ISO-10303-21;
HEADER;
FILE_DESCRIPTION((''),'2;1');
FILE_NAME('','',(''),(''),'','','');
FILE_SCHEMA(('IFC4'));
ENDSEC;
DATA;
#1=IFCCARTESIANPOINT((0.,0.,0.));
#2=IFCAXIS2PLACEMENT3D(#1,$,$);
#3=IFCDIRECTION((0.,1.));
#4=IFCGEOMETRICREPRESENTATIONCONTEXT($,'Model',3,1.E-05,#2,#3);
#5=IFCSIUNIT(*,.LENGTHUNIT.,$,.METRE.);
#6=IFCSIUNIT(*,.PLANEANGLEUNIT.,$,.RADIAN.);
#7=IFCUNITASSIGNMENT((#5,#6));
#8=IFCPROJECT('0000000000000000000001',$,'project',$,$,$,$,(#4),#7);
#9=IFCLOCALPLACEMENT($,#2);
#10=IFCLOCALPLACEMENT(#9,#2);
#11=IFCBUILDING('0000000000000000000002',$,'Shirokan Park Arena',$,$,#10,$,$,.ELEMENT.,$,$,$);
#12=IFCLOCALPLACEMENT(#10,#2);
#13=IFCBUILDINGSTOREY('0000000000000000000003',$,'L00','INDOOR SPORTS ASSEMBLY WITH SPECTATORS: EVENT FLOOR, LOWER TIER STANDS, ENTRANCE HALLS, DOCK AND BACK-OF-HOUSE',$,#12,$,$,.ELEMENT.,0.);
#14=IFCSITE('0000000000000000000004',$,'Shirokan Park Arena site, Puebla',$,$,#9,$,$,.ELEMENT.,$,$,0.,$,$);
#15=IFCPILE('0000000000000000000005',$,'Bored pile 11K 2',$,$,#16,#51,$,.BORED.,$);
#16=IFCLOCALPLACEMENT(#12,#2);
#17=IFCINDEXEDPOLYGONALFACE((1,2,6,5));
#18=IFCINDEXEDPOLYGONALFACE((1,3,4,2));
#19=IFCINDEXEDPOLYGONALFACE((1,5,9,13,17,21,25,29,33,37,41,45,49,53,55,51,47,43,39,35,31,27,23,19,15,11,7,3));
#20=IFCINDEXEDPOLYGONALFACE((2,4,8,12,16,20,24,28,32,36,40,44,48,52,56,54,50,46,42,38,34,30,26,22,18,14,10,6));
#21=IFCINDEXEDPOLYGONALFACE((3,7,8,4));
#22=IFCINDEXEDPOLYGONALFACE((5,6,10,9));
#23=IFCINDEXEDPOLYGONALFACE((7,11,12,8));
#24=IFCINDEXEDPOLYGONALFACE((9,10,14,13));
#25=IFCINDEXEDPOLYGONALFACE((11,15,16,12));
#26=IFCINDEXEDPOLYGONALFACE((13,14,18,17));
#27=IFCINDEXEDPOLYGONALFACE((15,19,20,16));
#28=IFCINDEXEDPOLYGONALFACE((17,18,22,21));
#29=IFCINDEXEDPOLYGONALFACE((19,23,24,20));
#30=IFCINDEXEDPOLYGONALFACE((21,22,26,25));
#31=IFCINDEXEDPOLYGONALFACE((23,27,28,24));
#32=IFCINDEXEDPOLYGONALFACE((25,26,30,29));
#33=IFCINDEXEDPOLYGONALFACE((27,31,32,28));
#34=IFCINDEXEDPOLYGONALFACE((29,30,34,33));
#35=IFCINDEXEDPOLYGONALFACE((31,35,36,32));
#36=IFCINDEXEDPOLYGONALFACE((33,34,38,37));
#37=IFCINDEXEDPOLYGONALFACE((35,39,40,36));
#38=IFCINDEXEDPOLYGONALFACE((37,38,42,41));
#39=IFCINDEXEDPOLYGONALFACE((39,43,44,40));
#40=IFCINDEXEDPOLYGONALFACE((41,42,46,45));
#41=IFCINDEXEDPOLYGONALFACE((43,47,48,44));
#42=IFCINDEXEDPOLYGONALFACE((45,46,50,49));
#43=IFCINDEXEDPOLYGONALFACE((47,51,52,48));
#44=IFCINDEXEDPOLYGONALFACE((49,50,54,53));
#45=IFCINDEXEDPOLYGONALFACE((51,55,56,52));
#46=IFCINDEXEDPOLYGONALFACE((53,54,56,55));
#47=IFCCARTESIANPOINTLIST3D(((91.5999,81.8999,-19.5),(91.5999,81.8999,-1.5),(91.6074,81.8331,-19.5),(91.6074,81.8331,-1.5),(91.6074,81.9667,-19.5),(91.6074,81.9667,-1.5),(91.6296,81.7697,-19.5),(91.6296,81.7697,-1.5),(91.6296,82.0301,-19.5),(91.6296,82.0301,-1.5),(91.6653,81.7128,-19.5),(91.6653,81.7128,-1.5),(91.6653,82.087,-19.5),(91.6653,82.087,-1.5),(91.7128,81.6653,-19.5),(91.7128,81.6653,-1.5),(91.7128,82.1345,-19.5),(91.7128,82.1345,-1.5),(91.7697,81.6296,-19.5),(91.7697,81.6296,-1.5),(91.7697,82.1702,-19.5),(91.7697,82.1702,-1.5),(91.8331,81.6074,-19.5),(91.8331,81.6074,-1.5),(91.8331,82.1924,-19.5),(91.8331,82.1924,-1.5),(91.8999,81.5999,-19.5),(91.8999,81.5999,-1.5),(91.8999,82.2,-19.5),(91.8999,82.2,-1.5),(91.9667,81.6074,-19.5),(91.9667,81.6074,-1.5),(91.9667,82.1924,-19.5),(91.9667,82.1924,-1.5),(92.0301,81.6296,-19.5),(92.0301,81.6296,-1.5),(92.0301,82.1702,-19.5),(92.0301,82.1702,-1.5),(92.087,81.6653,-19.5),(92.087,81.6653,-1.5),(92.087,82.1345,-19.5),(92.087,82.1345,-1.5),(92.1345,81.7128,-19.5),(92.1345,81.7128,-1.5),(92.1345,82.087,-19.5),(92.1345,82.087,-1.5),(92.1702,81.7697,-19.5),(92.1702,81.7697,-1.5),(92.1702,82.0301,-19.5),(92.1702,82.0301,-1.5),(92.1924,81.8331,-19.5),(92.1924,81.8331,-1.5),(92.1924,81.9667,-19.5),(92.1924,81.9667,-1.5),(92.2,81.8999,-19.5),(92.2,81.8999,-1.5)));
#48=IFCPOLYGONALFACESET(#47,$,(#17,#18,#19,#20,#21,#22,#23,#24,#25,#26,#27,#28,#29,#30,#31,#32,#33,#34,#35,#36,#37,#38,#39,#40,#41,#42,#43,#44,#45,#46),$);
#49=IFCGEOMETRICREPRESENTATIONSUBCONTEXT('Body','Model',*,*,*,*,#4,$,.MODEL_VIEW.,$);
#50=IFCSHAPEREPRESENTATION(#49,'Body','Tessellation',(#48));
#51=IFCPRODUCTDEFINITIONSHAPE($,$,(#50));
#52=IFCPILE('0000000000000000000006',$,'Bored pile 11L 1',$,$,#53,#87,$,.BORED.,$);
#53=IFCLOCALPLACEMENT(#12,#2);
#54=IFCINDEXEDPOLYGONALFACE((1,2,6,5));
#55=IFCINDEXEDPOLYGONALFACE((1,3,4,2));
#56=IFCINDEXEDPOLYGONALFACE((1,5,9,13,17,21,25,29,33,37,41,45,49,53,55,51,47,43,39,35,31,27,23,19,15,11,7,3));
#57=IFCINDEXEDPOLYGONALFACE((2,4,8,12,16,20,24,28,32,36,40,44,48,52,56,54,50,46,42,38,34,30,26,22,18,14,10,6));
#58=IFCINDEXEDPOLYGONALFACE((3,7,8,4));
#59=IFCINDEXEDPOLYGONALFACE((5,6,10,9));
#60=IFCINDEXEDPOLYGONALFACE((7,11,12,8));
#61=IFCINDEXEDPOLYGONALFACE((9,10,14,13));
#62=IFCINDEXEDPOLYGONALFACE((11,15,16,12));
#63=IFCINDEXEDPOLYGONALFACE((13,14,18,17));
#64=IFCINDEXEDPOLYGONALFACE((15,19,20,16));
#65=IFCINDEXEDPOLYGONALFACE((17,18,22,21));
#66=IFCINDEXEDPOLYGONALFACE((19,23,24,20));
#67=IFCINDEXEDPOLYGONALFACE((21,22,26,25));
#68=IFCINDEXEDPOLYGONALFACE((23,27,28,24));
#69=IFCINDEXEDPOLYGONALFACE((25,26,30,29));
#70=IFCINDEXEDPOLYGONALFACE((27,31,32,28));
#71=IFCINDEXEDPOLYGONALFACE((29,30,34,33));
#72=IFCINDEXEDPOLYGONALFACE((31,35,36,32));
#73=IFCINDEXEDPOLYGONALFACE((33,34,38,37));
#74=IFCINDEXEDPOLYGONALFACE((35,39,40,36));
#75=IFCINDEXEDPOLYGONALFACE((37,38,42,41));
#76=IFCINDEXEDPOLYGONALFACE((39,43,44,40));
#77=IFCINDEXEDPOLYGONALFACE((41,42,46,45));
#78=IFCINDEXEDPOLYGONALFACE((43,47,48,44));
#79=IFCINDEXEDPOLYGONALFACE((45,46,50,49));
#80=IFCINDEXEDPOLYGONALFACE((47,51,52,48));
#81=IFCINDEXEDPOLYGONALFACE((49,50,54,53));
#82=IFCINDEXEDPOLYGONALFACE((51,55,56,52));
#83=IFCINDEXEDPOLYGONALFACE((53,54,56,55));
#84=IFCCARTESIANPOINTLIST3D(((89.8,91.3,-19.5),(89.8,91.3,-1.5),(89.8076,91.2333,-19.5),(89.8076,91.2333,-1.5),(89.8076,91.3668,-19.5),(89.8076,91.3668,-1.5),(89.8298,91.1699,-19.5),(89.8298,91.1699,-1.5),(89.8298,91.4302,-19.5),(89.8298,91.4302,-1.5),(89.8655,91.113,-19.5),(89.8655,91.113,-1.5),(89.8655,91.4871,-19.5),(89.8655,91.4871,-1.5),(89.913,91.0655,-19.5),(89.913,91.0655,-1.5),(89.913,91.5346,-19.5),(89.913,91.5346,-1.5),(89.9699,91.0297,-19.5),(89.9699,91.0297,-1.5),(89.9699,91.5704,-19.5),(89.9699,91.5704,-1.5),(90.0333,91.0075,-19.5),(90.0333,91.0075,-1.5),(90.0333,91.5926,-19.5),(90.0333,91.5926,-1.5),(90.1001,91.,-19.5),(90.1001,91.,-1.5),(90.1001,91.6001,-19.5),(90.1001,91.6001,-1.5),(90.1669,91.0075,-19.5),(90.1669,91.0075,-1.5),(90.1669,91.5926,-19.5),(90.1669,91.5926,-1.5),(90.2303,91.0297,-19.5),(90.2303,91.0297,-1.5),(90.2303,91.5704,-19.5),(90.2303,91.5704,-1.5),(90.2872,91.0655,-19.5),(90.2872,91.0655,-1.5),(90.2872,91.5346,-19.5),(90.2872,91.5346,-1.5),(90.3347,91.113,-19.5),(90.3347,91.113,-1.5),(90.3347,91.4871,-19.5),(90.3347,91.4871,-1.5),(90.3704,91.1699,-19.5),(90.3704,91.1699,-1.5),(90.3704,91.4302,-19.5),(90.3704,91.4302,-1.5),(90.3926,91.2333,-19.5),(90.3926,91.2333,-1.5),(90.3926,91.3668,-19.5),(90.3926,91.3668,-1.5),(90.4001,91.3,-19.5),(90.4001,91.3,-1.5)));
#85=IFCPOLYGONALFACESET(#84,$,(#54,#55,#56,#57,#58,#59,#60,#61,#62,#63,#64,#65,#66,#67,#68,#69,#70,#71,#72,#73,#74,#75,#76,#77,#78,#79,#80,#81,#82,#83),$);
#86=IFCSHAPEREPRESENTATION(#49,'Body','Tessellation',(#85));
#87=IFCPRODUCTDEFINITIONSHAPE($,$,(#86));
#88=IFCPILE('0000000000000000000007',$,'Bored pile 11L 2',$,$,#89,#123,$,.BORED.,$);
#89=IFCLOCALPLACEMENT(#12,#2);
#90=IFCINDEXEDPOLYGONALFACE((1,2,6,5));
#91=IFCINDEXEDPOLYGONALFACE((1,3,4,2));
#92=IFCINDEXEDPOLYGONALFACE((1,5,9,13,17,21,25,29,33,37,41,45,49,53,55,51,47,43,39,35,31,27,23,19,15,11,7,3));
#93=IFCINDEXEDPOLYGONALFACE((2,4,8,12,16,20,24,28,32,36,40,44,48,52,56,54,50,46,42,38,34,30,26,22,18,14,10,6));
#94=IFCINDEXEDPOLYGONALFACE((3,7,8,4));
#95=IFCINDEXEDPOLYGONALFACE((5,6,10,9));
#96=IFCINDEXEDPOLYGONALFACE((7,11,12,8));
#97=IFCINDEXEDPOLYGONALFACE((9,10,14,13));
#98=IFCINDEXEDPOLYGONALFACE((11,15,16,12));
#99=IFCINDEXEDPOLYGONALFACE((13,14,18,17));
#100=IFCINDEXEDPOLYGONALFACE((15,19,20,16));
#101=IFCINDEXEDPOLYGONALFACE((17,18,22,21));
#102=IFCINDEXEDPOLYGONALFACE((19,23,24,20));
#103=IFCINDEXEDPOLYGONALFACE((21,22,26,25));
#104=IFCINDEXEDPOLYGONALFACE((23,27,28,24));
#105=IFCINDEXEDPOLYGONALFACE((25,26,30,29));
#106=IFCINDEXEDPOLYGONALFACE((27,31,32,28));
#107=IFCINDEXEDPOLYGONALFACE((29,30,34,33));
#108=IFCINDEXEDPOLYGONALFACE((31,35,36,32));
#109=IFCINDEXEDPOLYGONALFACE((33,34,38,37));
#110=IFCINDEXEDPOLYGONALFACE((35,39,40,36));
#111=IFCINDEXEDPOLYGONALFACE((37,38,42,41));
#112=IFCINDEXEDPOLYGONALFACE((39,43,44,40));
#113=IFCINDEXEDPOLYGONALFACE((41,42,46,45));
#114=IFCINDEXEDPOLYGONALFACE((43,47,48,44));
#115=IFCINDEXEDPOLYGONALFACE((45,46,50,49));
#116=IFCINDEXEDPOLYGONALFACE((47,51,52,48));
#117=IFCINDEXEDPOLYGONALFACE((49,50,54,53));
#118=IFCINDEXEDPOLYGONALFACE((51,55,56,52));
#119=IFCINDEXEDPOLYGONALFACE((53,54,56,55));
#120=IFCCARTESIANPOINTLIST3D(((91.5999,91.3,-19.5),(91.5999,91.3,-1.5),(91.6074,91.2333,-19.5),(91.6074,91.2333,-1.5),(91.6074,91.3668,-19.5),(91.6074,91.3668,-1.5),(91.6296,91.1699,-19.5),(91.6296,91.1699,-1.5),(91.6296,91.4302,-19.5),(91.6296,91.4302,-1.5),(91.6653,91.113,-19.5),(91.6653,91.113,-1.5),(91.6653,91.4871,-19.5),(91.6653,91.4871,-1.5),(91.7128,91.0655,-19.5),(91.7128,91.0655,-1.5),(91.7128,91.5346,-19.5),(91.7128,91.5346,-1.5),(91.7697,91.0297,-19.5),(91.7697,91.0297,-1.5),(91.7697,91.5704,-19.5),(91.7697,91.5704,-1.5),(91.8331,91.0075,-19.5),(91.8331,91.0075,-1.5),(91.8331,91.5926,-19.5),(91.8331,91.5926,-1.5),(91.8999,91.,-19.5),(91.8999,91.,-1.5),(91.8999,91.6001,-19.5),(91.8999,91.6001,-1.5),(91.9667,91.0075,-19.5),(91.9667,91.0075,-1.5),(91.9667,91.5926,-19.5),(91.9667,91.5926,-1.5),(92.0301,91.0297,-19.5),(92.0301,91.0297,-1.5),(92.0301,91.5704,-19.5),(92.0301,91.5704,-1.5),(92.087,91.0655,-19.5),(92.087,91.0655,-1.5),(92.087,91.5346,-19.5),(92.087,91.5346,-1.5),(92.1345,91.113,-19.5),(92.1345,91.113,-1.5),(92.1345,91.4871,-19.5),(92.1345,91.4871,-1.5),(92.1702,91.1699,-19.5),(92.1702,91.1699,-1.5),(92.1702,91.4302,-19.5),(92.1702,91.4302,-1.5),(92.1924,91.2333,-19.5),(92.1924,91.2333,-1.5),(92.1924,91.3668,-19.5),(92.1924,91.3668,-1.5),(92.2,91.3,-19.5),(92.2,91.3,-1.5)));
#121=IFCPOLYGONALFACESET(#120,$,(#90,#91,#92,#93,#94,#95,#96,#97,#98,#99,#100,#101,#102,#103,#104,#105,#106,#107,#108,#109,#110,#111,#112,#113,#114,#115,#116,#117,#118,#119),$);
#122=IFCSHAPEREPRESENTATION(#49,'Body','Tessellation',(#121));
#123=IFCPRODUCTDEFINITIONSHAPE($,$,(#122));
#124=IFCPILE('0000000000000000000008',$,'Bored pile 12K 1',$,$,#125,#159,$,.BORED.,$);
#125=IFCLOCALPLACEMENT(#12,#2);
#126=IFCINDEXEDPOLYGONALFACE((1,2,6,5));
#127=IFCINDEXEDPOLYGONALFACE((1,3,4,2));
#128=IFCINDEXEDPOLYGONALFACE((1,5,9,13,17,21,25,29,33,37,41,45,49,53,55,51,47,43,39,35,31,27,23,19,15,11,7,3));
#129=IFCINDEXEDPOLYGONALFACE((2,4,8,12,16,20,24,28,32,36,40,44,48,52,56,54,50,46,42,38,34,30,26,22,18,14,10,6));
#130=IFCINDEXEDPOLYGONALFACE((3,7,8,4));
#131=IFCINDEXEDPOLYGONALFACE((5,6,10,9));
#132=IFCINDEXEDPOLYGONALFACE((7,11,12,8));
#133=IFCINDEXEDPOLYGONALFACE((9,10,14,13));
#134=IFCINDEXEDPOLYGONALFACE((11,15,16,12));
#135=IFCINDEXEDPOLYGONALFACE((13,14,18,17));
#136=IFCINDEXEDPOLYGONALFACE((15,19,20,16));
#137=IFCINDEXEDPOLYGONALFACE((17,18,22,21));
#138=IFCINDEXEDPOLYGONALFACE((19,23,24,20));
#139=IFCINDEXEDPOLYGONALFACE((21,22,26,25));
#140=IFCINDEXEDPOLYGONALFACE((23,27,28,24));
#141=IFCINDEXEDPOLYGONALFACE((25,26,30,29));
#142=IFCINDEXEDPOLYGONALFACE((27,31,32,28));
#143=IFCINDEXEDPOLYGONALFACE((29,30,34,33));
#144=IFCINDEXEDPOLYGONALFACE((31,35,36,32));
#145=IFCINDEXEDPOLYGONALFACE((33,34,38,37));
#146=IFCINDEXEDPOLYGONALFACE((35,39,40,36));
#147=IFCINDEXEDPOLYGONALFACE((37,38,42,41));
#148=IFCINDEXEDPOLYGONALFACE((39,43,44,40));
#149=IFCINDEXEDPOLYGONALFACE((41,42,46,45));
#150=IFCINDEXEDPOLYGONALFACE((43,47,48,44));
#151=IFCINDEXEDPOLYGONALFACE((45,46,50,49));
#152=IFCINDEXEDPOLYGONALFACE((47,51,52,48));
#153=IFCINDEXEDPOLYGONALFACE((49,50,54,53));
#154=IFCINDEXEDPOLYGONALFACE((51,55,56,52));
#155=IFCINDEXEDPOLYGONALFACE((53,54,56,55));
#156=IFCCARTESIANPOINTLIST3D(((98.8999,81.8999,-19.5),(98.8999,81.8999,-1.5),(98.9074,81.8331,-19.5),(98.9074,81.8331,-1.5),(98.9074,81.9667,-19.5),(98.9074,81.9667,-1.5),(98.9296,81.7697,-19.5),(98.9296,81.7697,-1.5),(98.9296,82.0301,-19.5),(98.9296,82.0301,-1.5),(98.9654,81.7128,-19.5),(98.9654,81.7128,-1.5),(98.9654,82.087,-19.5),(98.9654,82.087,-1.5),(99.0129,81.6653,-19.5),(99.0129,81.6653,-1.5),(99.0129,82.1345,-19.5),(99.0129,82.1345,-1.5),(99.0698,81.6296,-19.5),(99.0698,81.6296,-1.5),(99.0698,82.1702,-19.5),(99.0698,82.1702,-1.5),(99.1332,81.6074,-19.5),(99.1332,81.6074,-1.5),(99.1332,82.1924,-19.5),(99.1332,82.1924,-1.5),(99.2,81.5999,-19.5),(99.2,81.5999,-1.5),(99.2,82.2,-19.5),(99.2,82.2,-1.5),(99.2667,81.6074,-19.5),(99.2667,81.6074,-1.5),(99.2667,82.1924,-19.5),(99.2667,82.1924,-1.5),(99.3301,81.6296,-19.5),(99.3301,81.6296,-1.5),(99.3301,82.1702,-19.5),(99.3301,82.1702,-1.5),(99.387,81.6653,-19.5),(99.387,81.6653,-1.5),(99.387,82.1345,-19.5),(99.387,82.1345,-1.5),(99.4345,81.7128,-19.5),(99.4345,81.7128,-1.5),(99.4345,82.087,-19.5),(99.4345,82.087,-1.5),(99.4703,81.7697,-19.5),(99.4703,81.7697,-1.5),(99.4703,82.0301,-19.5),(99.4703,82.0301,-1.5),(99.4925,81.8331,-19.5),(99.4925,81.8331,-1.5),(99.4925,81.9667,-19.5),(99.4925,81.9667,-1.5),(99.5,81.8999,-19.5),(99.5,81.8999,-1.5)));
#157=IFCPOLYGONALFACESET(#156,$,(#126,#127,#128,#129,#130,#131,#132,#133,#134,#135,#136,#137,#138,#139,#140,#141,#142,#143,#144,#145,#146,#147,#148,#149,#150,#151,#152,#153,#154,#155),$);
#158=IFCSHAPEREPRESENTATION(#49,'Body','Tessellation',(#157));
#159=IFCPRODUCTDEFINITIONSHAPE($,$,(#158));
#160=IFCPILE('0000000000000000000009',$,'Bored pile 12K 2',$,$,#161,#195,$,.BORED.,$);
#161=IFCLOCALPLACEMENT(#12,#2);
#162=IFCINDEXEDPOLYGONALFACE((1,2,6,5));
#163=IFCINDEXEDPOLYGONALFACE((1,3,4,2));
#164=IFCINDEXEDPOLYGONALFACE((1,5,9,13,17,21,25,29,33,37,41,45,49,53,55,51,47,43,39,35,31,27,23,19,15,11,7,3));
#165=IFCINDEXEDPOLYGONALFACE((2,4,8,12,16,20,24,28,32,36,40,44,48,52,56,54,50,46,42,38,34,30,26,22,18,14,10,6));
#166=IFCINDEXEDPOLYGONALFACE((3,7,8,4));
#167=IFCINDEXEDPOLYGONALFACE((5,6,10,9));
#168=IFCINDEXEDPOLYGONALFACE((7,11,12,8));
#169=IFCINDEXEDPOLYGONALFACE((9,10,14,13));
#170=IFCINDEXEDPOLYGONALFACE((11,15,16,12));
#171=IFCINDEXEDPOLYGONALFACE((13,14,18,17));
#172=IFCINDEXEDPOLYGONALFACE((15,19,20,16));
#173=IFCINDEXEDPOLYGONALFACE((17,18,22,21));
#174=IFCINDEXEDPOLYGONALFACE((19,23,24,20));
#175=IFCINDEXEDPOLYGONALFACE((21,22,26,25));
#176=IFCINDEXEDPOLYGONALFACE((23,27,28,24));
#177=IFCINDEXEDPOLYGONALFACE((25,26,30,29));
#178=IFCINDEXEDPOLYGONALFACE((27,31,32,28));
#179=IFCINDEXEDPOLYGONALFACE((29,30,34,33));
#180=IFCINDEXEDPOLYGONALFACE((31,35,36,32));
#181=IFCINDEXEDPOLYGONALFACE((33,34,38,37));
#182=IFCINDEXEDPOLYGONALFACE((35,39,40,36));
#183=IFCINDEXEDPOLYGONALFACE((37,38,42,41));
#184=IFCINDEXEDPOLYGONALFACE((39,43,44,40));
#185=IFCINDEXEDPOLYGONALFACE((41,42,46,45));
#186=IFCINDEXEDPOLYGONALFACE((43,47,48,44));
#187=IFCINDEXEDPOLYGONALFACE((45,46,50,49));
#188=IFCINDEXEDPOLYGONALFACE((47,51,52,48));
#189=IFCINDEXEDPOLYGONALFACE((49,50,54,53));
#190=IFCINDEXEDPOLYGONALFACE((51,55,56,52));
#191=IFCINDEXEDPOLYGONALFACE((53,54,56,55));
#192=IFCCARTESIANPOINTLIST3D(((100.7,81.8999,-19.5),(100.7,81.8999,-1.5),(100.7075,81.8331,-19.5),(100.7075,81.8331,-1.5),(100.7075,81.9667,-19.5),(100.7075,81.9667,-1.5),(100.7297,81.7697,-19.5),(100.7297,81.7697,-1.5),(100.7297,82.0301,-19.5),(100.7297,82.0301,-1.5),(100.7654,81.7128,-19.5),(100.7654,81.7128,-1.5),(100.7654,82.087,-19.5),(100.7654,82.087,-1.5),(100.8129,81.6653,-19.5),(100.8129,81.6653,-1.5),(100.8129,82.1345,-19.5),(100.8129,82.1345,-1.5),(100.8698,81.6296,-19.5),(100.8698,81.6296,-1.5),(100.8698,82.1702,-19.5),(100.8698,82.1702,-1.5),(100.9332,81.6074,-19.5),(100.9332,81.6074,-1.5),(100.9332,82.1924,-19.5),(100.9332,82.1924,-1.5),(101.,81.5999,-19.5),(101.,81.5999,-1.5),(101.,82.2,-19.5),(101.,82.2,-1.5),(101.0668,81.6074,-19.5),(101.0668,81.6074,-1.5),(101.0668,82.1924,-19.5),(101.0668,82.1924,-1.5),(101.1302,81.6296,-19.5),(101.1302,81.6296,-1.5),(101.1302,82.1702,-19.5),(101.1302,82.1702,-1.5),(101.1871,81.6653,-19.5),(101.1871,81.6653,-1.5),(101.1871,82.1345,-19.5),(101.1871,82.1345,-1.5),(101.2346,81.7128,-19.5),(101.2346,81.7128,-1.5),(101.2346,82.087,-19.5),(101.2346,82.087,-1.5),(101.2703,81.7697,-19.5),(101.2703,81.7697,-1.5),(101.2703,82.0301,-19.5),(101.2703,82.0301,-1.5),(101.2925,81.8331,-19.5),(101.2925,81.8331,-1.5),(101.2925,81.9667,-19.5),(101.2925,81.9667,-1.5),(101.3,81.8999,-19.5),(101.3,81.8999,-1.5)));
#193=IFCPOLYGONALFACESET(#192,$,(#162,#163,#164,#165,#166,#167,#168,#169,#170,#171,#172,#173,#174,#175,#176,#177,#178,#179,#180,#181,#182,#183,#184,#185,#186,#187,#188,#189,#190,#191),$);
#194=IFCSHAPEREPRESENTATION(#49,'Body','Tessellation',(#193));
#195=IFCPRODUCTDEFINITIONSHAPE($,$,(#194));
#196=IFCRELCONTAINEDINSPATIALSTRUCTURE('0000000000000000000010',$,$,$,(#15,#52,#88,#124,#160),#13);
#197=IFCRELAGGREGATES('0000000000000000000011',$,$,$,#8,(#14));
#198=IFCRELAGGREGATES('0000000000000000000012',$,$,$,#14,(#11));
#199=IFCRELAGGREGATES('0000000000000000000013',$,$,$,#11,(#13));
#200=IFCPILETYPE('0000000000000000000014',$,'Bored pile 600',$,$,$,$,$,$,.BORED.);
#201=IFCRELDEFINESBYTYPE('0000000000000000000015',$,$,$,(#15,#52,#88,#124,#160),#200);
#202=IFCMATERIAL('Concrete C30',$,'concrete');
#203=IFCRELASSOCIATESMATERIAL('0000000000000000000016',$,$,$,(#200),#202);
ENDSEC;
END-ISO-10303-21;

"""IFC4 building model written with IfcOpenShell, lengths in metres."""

from ifc_helpers import new_model, si_unit, direction, frame, origin, origin_2d, place, context, subcontext, project, spatial, circle, extrude, material, material_profile, profile_set, type_object, element, save


model = new_model("IFC4")

# Units and contexts
model_context = context("Model", 3, precision=1e-05, world=origin(), true_north=direction((0.0, 1.0)))
body_context = subcontext(model_context, "Body", "Model", "MODEL_VIEW")
ifc_project = project(units=[si_unit("LENGTHUNIT", "METRE"), si_unit("PLANEANGLEUNIT", "RADIAN")], contexts=[model_context])

# Site, building, storey
site_placement = place(None, origin())
site = spatial("IfcSite", under=ifc_project, at=site_placement, Name="Shirokan Park Arena site, Puebla", CompositionType="ELEMENT", RefElevation=0.0)
building_placement = place(site_placement, origin())
building = spatial("IfcBuilding", under=site, at=building_placement, Name="Shirokan Park Arena", CompositionType="ELEMENT")
storey_placement = place(building_placement, origin())
storey = spatial("IfcBuildingStorey", under=building, at=storey_placement, Name="L00", Description="INDOOR SPORTS ASSEMBLY WITH SPECTATORS: EVENT FLOOR, LOWER TIER STANDS, ENTRANCE HALLS, DOCK AND BACK-OF-HOUSE", CompositionType="ELEMENT", Elevation=0.0)

# Piles
ifc_material_1 = material(Name="Concrete C30", Category="concrete")
ifc_material_profile_1 = material_profile(ifc_material_1, circle(Radius=0.3, at=origin_2d()), Name="D600")
ifc_profile_set_1 = profile_set([ifc_material_profile_1], Name="Concrete C30")
pile_type_1 = type_object("IfcPileType", Name="Bored pile 600", PredefinedType="BORED", material=ifc_profile_set_1)
for number, where, z_axis, x_axis, name in (
    (1, (91.8999, 81.8999, -1.5), (0.0, 0.0, -1.0), (1.0, 0.0, 0.0), "Bored pile 11K 2"),
    (2, (90.1001, 91.3, -1.5), (0.0, 0.0, -1.0), (1.0, 0.0, 0.0), "Bored pile 11L 1"),
    (3, (91.8999, 91.3, -1.5), (0.0, 0.0, -1.0), (1.0, 0.0, 0.0), "Bored pile 11L 2"),
    (4, (99.2, 81.8999, -1.5), (0.0, 0.0, -1.0), (1.0, 0.0, 0.0), "Bored pile 12K 1"),
    (5, (101.0, 81.8999, -1.5), (0.0, 0.0, -1.0), (1.0, 0.0, 0.0), "Bored pile 12K 2"),
):
    element("IfcPile", number, at=place(storey_placement, frame(where, z_axis=z_axis, x_axis=x_axis)), inside=storey, type_object=pile_type_1, Name=name, PredefinedType="BORED", context=body_context, shape_type="SweptSolid", body=[
        extrude(circle(Radius=0.3, at=origin_2d()), origin(), (0.0, 0.0, 1.0), 18.0),
    ])

save(model, "model.ifc")
